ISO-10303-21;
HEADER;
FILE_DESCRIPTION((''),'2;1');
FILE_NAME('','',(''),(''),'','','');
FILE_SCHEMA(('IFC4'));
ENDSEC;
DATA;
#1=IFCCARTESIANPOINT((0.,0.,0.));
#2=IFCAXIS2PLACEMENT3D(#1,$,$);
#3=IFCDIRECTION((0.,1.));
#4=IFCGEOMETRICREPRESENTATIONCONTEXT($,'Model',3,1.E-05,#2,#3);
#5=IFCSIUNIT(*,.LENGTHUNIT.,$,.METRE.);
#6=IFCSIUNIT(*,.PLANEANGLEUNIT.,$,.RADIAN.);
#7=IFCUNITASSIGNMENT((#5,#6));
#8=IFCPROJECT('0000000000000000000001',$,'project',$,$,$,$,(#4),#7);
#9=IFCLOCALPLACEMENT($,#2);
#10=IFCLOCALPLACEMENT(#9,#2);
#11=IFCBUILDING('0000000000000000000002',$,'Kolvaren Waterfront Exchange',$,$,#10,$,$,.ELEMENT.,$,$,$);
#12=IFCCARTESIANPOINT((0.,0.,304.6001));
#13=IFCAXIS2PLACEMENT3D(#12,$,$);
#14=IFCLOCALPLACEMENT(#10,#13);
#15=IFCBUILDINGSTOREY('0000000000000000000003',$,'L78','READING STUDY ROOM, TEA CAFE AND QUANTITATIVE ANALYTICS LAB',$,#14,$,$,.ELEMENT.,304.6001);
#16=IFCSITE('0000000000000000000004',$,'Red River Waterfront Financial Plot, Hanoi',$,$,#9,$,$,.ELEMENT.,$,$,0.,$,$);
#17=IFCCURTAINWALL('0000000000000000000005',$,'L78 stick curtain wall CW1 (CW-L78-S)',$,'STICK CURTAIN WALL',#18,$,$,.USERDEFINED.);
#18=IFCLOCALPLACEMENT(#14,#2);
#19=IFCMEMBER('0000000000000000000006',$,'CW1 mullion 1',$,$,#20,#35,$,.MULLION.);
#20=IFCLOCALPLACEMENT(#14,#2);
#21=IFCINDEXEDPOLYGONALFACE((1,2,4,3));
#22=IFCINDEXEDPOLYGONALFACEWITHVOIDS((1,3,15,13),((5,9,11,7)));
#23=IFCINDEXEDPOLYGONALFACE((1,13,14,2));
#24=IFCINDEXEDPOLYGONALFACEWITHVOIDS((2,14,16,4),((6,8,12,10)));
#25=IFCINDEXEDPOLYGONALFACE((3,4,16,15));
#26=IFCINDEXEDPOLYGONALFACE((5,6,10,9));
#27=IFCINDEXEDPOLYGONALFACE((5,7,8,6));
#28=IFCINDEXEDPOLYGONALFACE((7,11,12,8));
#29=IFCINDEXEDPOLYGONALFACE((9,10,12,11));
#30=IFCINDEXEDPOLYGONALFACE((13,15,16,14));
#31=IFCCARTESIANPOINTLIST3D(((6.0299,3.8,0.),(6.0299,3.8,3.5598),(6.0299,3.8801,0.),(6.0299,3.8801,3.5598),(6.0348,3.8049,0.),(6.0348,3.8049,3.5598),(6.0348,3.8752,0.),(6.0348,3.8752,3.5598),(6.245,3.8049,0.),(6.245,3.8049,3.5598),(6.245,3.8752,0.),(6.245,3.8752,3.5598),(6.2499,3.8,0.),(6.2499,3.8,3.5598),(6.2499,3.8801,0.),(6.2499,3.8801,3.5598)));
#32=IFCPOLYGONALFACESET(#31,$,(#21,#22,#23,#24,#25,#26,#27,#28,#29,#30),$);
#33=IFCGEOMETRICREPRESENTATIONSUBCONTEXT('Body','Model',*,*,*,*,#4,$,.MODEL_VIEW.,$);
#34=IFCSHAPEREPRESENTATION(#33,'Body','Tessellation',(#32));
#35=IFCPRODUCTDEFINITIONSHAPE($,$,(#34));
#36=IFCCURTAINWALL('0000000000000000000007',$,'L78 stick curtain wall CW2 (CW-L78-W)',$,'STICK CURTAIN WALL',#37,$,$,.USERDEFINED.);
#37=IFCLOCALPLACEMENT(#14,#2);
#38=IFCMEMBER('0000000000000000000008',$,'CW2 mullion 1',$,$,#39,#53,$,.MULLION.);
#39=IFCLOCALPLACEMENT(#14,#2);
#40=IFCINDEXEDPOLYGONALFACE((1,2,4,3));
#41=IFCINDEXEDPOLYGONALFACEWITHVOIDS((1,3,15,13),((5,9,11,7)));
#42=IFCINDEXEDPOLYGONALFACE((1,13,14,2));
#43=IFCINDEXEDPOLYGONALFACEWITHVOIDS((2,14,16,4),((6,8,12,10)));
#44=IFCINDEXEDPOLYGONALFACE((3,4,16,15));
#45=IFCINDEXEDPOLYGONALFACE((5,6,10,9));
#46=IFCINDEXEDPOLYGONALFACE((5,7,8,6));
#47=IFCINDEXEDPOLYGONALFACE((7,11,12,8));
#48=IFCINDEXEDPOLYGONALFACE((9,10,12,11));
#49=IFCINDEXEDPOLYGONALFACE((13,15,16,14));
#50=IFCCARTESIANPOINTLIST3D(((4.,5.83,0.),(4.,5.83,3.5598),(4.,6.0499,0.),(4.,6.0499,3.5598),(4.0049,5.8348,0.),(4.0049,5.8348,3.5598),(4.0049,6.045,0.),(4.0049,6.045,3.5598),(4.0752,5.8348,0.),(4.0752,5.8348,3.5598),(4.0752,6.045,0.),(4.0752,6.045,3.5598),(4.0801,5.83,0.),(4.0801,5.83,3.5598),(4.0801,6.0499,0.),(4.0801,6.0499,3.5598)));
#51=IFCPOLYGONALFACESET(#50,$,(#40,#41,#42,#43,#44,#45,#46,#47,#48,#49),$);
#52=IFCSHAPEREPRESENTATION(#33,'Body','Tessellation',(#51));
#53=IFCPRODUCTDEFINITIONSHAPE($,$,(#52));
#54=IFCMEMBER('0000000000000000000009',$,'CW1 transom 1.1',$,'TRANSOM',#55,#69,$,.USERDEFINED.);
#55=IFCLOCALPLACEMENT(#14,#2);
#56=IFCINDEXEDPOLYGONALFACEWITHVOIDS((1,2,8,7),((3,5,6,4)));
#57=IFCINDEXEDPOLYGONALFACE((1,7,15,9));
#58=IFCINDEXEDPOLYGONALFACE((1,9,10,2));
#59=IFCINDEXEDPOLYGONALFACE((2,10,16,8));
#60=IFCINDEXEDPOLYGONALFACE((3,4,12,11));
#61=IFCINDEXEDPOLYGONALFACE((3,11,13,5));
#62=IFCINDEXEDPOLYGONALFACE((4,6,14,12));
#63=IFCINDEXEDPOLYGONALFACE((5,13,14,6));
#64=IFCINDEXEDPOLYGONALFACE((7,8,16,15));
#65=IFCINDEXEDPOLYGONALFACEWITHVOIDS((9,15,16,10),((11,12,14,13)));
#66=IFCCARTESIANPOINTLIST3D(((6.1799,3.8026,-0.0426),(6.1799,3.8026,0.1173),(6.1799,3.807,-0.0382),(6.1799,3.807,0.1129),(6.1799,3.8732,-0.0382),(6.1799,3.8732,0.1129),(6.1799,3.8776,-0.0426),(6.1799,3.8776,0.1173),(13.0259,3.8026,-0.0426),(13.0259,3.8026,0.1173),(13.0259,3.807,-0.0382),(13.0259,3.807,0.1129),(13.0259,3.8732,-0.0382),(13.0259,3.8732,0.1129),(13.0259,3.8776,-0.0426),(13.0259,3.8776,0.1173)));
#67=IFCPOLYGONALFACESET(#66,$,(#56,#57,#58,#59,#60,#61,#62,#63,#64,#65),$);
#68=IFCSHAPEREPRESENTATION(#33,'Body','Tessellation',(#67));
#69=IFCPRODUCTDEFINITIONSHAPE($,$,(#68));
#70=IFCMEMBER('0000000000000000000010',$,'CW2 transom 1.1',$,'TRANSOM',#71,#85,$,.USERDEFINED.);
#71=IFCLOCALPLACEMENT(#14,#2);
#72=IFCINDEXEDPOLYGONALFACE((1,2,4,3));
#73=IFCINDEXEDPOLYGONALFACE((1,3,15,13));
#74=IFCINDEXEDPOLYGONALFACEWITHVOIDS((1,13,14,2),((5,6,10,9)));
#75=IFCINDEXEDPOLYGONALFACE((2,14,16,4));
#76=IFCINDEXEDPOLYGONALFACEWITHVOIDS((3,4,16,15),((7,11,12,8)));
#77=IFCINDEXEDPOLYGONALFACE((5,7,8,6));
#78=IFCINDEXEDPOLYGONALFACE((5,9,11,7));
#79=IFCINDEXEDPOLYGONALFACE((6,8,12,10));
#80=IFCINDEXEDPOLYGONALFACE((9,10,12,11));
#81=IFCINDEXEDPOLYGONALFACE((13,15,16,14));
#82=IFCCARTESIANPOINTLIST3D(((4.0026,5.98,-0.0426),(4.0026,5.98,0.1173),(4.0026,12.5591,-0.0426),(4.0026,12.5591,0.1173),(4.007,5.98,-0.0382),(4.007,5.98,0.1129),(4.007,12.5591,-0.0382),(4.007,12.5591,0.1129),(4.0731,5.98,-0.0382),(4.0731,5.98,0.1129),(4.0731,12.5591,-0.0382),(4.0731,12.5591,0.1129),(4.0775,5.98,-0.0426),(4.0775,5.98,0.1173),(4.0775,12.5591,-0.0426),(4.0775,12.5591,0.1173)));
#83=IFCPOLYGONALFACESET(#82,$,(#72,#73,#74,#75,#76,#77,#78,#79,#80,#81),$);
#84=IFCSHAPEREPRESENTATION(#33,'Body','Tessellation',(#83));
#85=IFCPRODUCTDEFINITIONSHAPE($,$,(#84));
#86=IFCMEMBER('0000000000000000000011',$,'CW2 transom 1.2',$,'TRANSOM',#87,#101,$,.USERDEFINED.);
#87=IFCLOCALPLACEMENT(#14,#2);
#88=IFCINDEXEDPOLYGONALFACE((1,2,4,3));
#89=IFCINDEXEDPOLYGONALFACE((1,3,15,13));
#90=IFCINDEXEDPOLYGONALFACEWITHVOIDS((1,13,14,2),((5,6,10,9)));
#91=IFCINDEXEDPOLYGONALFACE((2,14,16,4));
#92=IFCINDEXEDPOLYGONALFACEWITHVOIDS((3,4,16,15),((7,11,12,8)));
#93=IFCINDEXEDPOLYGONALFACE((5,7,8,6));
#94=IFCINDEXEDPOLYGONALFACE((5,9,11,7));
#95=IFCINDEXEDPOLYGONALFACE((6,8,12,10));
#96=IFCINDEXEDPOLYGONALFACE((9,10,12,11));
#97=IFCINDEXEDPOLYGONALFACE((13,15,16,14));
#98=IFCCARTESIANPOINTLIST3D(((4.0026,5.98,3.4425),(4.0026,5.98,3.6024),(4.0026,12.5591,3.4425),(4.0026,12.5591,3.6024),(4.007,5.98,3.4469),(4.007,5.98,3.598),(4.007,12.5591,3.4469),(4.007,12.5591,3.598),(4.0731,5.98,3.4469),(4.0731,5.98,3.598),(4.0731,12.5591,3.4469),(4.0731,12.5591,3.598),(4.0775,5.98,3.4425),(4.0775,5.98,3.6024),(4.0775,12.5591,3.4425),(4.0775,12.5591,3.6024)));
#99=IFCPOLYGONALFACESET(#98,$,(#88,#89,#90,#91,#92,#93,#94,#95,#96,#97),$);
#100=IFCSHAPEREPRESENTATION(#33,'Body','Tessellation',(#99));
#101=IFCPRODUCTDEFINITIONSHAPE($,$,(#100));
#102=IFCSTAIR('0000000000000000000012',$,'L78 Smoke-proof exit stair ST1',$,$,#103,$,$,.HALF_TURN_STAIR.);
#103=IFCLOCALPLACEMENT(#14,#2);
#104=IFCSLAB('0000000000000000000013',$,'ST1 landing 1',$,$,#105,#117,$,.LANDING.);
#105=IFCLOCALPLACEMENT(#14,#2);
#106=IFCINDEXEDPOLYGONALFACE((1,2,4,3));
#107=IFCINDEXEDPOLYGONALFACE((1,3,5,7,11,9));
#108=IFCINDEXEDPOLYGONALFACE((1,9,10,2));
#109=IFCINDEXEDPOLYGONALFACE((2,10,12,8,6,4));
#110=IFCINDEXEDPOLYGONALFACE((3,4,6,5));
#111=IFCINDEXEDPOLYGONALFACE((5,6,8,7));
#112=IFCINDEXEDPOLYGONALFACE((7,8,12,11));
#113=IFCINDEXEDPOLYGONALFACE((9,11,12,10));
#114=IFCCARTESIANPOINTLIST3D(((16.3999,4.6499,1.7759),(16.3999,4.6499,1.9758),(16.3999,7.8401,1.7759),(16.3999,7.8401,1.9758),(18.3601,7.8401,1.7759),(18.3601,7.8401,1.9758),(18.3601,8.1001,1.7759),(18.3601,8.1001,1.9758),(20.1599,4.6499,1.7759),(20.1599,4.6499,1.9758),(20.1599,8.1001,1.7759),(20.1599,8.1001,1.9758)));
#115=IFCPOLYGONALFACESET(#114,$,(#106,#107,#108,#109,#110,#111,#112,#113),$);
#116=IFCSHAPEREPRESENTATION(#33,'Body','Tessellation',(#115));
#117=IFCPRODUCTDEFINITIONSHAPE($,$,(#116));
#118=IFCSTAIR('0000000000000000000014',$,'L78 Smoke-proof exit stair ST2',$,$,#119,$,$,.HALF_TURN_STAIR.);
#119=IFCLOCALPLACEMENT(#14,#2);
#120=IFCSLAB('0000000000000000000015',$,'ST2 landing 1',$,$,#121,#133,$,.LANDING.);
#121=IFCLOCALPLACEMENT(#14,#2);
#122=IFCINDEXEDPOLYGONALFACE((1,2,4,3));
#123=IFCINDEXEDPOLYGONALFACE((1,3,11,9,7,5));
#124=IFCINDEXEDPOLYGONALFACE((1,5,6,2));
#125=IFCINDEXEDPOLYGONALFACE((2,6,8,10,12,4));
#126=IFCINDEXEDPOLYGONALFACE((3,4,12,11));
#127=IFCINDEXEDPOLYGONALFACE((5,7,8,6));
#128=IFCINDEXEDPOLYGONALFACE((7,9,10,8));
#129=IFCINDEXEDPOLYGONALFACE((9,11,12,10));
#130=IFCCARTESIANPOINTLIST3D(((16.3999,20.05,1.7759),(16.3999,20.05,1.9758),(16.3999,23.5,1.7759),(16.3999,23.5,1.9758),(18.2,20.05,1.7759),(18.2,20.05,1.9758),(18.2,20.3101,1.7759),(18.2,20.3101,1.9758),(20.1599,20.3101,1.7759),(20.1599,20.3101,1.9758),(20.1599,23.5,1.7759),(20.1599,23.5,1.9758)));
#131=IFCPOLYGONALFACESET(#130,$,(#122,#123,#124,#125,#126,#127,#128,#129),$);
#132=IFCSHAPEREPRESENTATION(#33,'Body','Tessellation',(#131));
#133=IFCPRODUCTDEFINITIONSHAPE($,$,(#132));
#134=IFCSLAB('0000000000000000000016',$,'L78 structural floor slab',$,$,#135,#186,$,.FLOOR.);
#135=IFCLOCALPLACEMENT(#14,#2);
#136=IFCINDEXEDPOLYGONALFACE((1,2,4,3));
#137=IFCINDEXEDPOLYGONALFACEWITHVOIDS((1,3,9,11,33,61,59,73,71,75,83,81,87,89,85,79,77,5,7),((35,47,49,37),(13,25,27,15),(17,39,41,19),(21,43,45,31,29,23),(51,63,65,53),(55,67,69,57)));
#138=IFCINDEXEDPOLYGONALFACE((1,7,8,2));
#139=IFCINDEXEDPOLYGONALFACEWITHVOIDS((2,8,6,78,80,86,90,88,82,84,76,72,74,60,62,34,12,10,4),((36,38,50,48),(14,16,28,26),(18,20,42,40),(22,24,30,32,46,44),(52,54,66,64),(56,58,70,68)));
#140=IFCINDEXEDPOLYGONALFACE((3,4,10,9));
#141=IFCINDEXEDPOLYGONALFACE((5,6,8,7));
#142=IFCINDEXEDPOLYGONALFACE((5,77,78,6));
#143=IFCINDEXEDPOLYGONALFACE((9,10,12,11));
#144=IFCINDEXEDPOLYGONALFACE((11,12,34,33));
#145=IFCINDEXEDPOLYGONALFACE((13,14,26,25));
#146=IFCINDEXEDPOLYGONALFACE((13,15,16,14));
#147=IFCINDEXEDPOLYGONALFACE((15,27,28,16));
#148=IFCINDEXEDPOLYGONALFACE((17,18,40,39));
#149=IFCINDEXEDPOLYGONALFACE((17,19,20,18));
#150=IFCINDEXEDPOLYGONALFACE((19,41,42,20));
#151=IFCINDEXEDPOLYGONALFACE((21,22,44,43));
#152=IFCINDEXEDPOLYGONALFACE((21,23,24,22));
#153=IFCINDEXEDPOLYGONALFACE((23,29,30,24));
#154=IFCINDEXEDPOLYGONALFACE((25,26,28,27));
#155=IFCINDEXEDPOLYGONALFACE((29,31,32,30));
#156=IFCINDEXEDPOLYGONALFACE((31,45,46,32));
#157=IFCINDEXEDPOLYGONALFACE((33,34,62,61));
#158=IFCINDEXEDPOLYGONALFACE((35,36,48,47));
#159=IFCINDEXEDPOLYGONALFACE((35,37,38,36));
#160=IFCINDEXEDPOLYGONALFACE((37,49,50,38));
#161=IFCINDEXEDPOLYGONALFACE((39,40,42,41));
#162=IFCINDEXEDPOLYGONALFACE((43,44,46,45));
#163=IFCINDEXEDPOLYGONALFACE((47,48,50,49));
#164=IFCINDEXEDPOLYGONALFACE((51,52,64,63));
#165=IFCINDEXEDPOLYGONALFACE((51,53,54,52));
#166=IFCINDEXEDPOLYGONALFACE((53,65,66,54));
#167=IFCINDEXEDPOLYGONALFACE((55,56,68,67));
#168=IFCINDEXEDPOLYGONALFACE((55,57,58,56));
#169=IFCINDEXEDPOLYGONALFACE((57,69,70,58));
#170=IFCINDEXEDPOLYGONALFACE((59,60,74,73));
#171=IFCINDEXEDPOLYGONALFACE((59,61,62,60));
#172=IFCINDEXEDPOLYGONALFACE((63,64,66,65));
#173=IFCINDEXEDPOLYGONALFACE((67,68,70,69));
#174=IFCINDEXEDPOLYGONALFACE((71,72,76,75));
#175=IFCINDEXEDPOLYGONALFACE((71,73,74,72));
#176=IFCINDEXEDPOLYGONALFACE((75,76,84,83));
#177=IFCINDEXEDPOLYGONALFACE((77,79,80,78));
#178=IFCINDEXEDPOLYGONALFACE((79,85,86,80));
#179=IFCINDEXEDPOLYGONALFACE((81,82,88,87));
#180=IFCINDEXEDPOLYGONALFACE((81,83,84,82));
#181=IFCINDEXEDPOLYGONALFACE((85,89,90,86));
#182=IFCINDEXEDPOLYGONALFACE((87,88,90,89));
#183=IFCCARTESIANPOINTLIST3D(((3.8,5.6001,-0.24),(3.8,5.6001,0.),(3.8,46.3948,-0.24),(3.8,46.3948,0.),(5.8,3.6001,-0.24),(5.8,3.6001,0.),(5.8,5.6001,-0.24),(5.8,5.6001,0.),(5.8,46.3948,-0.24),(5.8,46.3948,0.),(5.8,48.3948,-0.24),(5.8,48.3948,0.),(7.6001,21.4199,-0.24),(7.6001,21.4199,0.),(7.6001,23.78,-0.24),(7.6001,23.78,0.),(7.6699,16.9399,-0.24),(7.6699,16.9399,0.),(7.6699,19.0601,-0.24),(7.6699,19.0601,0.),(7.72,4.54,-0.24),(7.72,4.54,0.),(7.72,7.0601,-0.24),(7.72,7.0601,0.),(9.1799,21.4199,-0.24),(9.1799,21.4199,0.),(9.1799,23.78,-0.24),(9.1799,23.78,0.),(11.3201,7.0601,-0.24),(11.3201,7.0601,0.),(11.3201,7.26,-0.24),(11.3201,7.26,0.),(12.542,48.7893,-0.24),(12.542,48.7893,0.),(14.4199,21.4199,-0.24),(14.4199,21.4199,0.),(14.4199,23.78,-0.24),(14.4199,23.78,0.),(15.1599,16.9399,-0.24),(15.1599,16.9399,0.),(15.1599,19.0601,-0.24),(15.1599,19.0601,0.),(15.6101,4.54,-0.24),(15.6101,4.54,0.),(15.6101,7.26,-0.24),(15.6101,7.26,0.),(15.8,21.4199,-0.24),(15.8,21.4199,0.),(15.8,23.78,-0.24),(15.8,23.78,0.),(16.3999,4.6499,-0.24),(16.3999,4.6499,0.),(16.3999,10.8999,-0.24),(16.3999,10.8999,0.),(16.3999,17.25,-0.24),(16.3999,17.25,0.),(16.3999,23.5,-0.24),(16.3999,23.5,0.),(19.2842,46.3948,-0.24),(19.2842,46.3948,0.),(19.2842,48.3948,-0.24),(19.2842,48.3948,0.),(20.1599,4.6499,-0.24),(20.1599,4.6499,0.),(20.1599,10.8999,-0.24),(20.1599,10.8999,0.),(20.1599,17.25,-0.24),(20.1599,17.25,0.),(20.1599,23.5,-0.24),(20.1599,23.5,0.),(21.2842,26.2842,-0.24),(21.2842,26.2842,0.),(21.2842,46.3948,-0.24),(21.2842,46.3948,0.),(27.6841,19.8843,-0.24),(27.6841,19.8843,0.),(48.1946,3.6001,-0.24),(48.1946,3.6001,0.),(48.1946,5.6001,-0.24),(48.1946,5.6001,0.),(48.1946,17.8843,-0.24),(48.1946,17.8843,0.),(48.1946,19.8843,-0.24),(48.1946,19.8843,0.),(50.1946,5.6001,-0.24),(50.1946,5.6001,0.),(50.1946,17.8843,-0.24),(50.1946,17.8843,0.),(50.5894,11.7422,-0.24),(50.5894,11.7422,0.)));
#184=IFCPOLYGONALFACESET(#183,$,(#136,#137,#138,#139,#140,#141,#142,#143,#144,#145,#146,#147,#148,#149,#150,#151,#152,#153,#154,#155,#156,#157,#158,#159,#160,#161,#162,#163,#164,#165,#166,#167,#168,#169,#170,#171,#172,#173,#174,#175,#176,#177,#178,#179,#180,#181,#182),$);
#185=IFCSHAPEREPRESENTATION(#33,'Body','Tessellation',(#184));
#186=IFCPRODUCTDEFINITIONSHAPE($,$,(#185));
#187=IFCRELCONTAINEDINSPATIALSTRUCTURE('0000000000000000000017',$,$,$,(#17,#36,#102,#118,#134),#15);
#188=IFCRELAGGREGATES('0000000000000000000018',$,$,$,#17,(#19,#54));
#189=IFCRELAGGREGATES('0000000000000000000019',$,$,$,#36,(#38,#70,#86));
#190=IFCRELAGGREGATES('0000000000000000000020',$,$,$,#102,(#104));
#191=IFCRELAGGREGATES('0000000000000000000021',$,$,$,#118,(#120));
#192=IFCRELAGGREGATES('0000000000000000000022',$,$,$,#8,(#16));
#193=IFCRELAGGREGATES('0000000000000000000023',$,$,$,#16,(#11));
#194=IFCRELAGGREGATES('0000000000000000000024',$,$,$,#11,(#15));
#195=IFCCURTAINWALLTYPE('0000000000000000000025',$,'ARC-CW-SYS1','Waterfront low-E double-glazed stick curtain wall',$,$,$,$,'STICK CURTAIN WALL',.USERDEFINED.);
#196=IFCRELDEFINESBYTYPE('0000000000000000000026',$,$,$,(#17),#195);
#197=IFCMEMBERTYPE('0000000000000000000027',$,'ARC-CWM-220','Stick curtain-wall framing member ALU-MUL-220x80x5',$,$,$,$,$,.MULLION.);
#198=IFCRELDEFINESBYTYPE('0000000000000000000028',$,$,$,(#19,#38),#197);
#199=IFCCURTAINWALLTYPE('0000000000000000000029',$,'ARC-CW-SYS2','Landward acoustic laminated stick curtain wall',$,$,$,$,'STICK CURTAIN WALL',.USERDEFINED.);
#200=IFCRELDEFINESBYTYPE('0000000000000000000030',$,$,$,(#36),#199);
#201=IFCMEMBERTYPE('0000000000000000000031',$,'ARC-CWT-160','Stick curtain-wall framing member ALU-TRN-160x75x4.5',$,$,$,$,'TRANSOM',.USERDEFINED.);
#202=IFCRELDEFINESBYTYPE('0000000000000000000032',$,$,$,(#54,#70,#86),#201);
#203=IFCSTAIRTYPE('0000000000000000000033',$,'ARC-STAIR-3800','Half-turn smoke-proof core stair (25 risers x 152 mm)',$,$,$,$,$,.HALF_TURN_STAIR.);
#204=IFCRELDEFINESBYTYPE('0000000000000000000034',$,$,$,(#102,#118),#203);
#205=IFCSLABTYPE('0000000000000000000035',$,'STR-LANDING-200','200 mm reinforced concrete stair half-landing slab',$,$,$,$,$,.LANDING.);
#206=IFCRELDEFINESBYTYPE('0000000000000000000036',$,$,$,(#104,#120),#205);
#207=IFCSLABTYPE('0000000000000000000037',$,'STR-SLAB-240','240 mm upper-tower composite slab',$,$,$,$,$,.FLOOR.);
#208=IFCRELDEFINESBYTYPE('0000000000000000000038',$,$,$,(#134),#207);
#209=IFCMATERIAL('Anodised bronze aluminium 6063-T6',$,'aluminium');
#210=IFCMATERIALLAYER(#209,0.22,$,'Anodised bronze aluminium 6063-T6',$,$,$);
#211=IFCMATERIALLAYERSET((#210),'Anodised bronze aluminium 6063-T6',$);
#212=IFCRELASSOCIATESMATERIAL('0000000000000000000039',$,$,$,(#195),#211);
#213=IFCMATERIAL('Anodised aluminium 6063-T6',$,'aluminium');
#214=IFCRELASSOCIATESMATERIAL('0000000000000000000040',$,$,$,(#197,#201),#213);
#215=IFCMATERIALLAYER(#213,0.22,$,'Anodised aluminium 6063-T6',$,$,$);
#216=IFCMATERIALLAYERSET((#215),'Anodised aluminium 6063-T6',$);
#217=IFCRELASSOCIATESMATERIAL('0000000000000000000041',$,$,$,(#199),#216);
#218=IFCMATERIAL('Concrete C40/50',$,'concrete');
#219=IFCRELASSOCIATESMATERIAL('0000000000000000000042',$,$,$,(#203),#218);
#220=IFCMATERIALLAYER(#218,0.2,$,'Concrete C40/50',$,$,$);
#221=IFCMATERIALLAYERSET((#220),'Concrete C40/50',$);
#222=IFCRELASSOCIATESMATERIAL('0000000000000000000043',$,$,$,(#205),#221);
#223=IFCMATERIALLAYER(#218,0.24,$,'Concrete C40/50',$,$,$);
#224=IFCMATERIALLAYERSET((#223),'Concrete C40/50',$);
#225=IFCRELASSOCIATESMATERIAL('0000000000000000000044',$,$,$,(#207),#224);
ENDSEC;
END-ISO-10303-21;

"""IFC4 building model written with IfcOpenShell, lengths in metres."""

from ifc_helpers import new_model, si_unit, direction, frame, origin, origin_with_axes, origin_2d, place, context, subcontext, project, spatial, polyline, hollow_rectangle, outline, extrude, source, transform, mapped, material, layer, layer_set, material_profile, profile_set, type_object, element, aggregate, save


model = new_model("IFC4")

# Units and contexts
model_context = context("Model", 3, precision=1e-05, world=origin(), true_north=direction((0.0, 1.0)))
body_context = subcontext(model_context, "Body", "Model", "MODEL_VIEW")
ifc_project = project(units=[si_unit("LENGTHUNIT", "METRE"), si_unit("PLANEANGLEUNIT", "RADIAN")], contexts=[model_context])

# Site, building, storey
site_placement = place(None, origin())
site = spatial("IfcSite", under=ifc_project, at=site_placement, Name="Red River Waterfront Financial Plot, Hanoi", CompositionType="ELEMENT", RefElevation=0.0)
building_placement = place(site_placement, origin())
building = spatial("IfcBuilding", under=site, at=building_placement, Name="Kolvaren Waterfront Exchange", CompositionType="ELEMENT")
storey_placement = place(building_placement, frame((0.0, 0.0, 304.6001)))
storey = spatial("IfcBuildingStorey", under=building, at=storey_placement, Name="L78", Description="READING STUDY ROOM, TEA CAFE AND QUANTITATIVE ANALYTICS LAB", CompositionType="ELEMENT", Elevation=304.6001)

# Curtain walls, members
ifc_material_1 = material(Name="Anodised bronze aluminium 6063-T6", Category="aluminium")
ifc_layer_1 = layer(ifc_material_1, 0.22, Name="Anodised bronze aluminium 6063-T6")
ifc_layer_set_1 = layer_set([ifc_layer_1], Name="Anodised bronze aluminium 6063-T6")
curtain_wall_type_1 = type_object("IfcCurtainWallType", Name="ARC-CW-SYS1", Description="Waterfront low-E double-glazed stick curtain wall", ElementType="STICK CURTAIN WALL", PredefinedType="USERDEFINED", material=ifc_layer_set_1)
curtain_wall_1_placement = place(storey_placement, origin())
curtain_wall_1 = element("IfcCurtainWall", 1, at=curtain_wall_1_placement, inside=storey, type_object=curtain_wall_type_1, Name="L78 stick curtain wall CW1 (CW-L78-S)", ObjectType="STICK CURTAIN WALL", PredefinedType="USERDEFINED")
ifc_material_2 = material(Name="Anodised aluminium 6063-T6", Category="aluminium")
ifc_material_profile_1 = material_profile(ifc_material_2, hollow_rectangle(XDim=0.0801, YDim=0.22, WallThickness=0.0049, at=origin_2d()), Name="ALU-MUL-220x80x5")
ifc_profile_set_1 = profile_set([ifc_material_profile_1], Name="Anodised aluminium 6063-T6")
member_type_1 = type_object("IfcMemberType", Name="ARC-CWM-220", Description="Stick curtain-wall framing member ALU-MUL-220x80x5", PredefinedType="MULLION", material=ifc_profile_set_1)
shared_shape_1 = source(origin_with_axes(), body_context, "Body", "SweptSolid", [
    extrude(hollow_rectangle(XDim=0.0801, YDim=0.22, WallThickness=0.0049, at=origin_2d()), origin(), (0.0, 0.0, 1.0), 3.5598),
])
member_1_placement = place(storey_placement, frame((6.1399, 3.8401, 0.0), z_axis=(0.0, 0.0, 1.0), x_axis=(0.0, 1.0, 0.0)))
member_1 = element("IfcMember", 2, at=member_1_placement, type_object=member_type_1, Name="CW1 mullion 1", PredefinedType="MULLION", context=body_context, shape_type="MappedRepresentation", body=[
    mapped(shared_shape_1, transform((0.0, 0.0, 0.0), x_axis=(1.0, 0.0, 0.0), y_axis=(0.0, 1.0, 0.0), z_axis=(0.0, 0.0, 1.0), scale=1.0)),
])
ifc_layer_2 = layer(ifc_material_2, 0.22, Name="Anodised aluminium 6063-T6")
ifc_layer_set_2 = layer_set([ifc_layer_2], Name="Anodised aluminium 6063-T6")
curtain_wall_type_2 = type_object("IfcCurtainWallType", Name="ARC-CW-SYS2", Description="Landward acoustic laminated stick curtain wall", ElementType="STICK CURTAIN WALL", PredefinedType="USERDEFINED", material=ifc_layer_set_2)
curtain_wall_2_placement = place(storey_placement, origin())
curtain_wall_2 = element("IfcCurtainWall", 3, at=curtain_wall_2_placement, inside=storey, type_object=curtain_wall_type_2, Name="L78 stick curtain wall CW2 (CW-L78-W)", ObjectType="STICK CURTAIN WALL", PredefinedType="USERDEFINED")
member_2_placement = place(storey_placement, frame((4.04, 5.9399, 0.0), z_axis=(0.0, 0.0, 1.0), x_axis=(-1.0, 0.0, 0.0)))
member_2 = element("IfcMember", 4, at=member_2_placement, type_object=member_type_1, Name="CW2 mullion 1", PredefinedType="MULLION", context=body_context, shape_type="MappedRepresentation", body=[
    mapped(shared_shape_1, transform((0.0, 0.0, 0.0), x_axis=(1.0, 0.0, 0.0), y_axis=(0.0, 1.0, 0.0), z_axis=(0.0, 0.0, 1.0), scale=1.0)),
])

# Members
ifc_material_profile_2 = material_profile(ifc_material_2, hollow_rectangle(XDim=0.075, YDim=0.1599, WallThickness=0.0044, at=origin_2d()), Name="ALU-TRN-160x75x4.5")
ifc_profile_set_2 = profile_set([ifc_material_profile_2], Name="Anodised aluminium 6063-T6")
member_type_2 = type_object("IfcMemberType", Name="ARC-CWT-160", Description="Stick curtain-wall framing member ALU-TRN-160x75x4.5", ElementType="TRANSOM", PredefinedType="USERDEFINED", material=ifc_profile_set_2)
shared_shape_2 = source(origin_with_axes(), body_context, "Body", "SweptSolid", [
    extrude(hollow_rectangle(XDim=0.075, YDim=0.1599, WallThickness=0.0044, at=origin_2d()), origin(), (0.0, 0.0, 1.0), 6.8459),
])
member_3_placement = place(storey_placement, frame((6.1799, 3.8401, 0.0374), z_axis=(1.0, 0.0, 0.0), x_axis=(0.0, 1.0, 0.0)))
member_3 = element("IfcMember", 5, at=member_3_placement, type_object=member_type_2, Name="CW1 transom 1.1", ObjectType="TRANSOM", PredefinedType="USERDEFINED", context=body_context, shape_type="MappedRepresentation", body=[
    mapped(shared_shape_2, transform((0.0, 0.0, 0.0), x_axis=(1.0, 0.0, 0.0), y_axis=(0.0, 1.0, 0.0), z_axis=(0.0, 0.0, 1.0), scale=1.0)),
])
aggregate(curtain_wall_1, [member_1, member_3])
shared_shape_3 = source(origin_with_axes(), body_context, "Body", "SweptSolid", [
    extrude(hollow_rectangle(XDim=0.075, YDim=0.1599, WallThickness=0.0044, at=origin_2d()), origin(), (0.0, 0.0, 1.0), 6.5791),
])
member_4_placement = place(storey_placement, frame((4.04, 5.98, 0.0374), z_axis=(0.0, 1.0, 0.0), x_axis=(-1.0, 0.0, 0.0)))
member_4 = element("IfcMember", 6, at=member_4_placement, type_object=member_type_2, Name="CW2 transom 1.1", ObjectType="TRANSOM", PredefinedType="USERDEFINED", context=body_context, shape_type="MappedRepresentation", body=[
    mapped(shared_shape_3, transform((0.0, 0.0, 0.0), x_axis=(1.0, 0.0, 0.0), y_axis=(0.0, 1.0, 0.0), z_axis=(0.0, 0.0, 1.0), scale=1.0)),
])
member_5_placement = place(storey_placement, frame((4.04, 5.98, 3.5225), z_axis=(0.0, 1.0, 0.0), x_axis=(-1.0, 0.0, 0.0)))
member_5 = element("IfcMember", 7, at=member_5_placement, type_object=member_type_2, Name="CW2 transom 1.2", ObjectType="TRANSOM", PredefinedType="USERDEFINED", context=body_context, shape_type="MappedRepresentation", body=[
    mapped(shared_shape_3, transform((0.0, 0.0, 0.0), x_axis=(1.0, 0.0, 0.0), y_axis=(0.0, 1.0, 0.0), z_axis=(0.0, 0.0, 1.0), scale=1.0)),
])
aggregate(curtain_wall_2, [member_2, member_4, member_5])

# Stairs, slabs
ifc_material_3 = material(Name="Concrete C40/50", Category="concrete")
stair_type = type_object("IfcStairType", Name="ARC-STAIR-3800", Description="Half-turn smoke-proof core stair (25 risers x 152 mm)", PredefinedType="HALF_TURN_STAIR", material=ifc_material_3)
stair_1_placement = place(storey_placement, origin())
stair_1 = element("IfcStair", 8, at=stair_1_placement, inside=storey, type_object=stair_type, Name="L78 Smoke-proof exit stair ST1", PredefinedType="HALF_TURN_STAIR")
ifc_layer_3 = layer(ifc_material_3, 0.2, Name="Concrete C40/50")
ifc_layer_set_3 = layer_set([ifc_layer_3], Name="Concrete C40/50")
slab_type_1 = type_object("IfcSlabType", Name="STR-LANDING-200", Description="200 mm reinforced concrete stair half-landing slab", PredefinedType="LANDING", material=ifc_layer_set_3)
slab_1_placement = place(storey_placement, frame((0.0, 0.0, 1.7759)))
slab_1 = element("IfcSlab", 9, at=slab_1_placement, type_object=slab_type_1, Name="ST1 landing 1", PredefinedType="LANDING", context=body_context, shape_type="SweptSolid", body=[
    extrude(outline(polyline([(16.3999, 7.8401), (16.3999, 4.6499), (20.1599, 4.6499), (20.1599, 8.1001), (18.3601, 8.1001), (18.3601, 7.8401), (16.3999, 7.8401)])), origin(), (0.0, 0.0, 1.0), 0.2),
])
aggregate(stair_1, [slab_1])
stair_2_placement = place(storey_placement, origin())
stair_2 = element("IfcStair", 10, at=stair_2_placement, inside=storey, type_object=stair_type, Name="L78 Smoke-proof exit stair ST2", PredefinedType="HALF_TURN_STAIR")
slab_2_placement = place(storey_placement, frame((0.0, 0.0, 1.7759)))
slab_2 = element("IfcSlab", 11, at=slab_2_placement, type_object=slab_type_1, Name="ST2 landing 1", PredefinedType="LANDING", context=body_context, shape_type="SweptSolid", body=[
    extrude(outline(polyline([(20.1599, 20.3101), (20.1599, 23.5), (16.3999, 23.5), (16.3999, 20.05), (18.2, 20.05), (18.2, 20.3101), (20.1599, 20.3101)])), origin(), (0.0, 0.0, 1.0), 0.2),
])
aggregate(stair_2, [slab_2])

# Slab
ifc_layer_4 = layer(ifc_material_3, 0.24, Name="Concrete C40/50")
ifc_layer_set_4 = layer_set([ifc_layer_4], Name="Concrete C40/50")
slab_type_2 = type_object("IfcSlabType", Name="STR-SLAB-240", Description="240 mm upper-tower composite slab", PredefinedType="FLOOR", material=ifc_layer_set_4)
slab_3_placement = place(storey_placement, frame((0.0, 0.0, -0.24)))
element("IfcSlab", 12, at=slab_3_placement, inside=storey, type_object=slab_type_2, Name="L78 structural floor slab", PredefinedType="FLOOR", context=body_context, shape_type="SweptSolid", body=[
    extrude(outline(polyline([(5.8, 3.6001), (48.1946, 3.6001), (48.1946, 5.6001), (50.1946, 5.6001), (50.5894, 11.7422), (50.1946, 17.8843), (48.1946, 17.8843), (48.1946, 19.8843), (27.6841, 19.8843), (21.2842, 26.2842), (21.2842, 46.3948), (19.2842, 46.3948), (19.2842, 48.3948), (12.542, 48.7893), (5.8, 48.3948), (5.8, 46.3948), (3.8, 46.3948), (3.8, 5.6001), (5.8, 5.6001), (5.8, 3.6001)]), holes=[polyline([(11.3201, 7.26), (15.6101, 7.26), (15.6101, 4.54), (7.72, 4.54), (7.72, 7.0601), (11.3201, 7.0601), (11.3201, 7.26)]), polyline([(20.1599, 10.8999), (20.1599, 4.6499), (16.3999, 4.6499), (16.3999, 10.8999), (20.1599, 10.8999)]), polyline([(7.6699, 19.0601), (15.1599, 19.0601), (15.1599, 16.9399), (7.6699, 16.9399), (7.6699, 19.0601)]), polyline([(16.3999, 17.25), (16.3999, 23.5), (20.1599, 23.5), (20.1599, 17.25), (16.3999, 17.25)]), polyline([(7.6001, 23.78), (9.1799, 23.78), (9.1799, 21.4199), (7.6001, 21.4199), (7.6001, 23.78)]), polyline([(14.4199, 23.78), (15.8, 23.78), (15.8, 21.4199), (14.4199, 21.4199), (14.4199, 23.78)])]), origin(), (0.0, 0.0, 1.0), 0.24),
])

save(model, "model.ifc")
